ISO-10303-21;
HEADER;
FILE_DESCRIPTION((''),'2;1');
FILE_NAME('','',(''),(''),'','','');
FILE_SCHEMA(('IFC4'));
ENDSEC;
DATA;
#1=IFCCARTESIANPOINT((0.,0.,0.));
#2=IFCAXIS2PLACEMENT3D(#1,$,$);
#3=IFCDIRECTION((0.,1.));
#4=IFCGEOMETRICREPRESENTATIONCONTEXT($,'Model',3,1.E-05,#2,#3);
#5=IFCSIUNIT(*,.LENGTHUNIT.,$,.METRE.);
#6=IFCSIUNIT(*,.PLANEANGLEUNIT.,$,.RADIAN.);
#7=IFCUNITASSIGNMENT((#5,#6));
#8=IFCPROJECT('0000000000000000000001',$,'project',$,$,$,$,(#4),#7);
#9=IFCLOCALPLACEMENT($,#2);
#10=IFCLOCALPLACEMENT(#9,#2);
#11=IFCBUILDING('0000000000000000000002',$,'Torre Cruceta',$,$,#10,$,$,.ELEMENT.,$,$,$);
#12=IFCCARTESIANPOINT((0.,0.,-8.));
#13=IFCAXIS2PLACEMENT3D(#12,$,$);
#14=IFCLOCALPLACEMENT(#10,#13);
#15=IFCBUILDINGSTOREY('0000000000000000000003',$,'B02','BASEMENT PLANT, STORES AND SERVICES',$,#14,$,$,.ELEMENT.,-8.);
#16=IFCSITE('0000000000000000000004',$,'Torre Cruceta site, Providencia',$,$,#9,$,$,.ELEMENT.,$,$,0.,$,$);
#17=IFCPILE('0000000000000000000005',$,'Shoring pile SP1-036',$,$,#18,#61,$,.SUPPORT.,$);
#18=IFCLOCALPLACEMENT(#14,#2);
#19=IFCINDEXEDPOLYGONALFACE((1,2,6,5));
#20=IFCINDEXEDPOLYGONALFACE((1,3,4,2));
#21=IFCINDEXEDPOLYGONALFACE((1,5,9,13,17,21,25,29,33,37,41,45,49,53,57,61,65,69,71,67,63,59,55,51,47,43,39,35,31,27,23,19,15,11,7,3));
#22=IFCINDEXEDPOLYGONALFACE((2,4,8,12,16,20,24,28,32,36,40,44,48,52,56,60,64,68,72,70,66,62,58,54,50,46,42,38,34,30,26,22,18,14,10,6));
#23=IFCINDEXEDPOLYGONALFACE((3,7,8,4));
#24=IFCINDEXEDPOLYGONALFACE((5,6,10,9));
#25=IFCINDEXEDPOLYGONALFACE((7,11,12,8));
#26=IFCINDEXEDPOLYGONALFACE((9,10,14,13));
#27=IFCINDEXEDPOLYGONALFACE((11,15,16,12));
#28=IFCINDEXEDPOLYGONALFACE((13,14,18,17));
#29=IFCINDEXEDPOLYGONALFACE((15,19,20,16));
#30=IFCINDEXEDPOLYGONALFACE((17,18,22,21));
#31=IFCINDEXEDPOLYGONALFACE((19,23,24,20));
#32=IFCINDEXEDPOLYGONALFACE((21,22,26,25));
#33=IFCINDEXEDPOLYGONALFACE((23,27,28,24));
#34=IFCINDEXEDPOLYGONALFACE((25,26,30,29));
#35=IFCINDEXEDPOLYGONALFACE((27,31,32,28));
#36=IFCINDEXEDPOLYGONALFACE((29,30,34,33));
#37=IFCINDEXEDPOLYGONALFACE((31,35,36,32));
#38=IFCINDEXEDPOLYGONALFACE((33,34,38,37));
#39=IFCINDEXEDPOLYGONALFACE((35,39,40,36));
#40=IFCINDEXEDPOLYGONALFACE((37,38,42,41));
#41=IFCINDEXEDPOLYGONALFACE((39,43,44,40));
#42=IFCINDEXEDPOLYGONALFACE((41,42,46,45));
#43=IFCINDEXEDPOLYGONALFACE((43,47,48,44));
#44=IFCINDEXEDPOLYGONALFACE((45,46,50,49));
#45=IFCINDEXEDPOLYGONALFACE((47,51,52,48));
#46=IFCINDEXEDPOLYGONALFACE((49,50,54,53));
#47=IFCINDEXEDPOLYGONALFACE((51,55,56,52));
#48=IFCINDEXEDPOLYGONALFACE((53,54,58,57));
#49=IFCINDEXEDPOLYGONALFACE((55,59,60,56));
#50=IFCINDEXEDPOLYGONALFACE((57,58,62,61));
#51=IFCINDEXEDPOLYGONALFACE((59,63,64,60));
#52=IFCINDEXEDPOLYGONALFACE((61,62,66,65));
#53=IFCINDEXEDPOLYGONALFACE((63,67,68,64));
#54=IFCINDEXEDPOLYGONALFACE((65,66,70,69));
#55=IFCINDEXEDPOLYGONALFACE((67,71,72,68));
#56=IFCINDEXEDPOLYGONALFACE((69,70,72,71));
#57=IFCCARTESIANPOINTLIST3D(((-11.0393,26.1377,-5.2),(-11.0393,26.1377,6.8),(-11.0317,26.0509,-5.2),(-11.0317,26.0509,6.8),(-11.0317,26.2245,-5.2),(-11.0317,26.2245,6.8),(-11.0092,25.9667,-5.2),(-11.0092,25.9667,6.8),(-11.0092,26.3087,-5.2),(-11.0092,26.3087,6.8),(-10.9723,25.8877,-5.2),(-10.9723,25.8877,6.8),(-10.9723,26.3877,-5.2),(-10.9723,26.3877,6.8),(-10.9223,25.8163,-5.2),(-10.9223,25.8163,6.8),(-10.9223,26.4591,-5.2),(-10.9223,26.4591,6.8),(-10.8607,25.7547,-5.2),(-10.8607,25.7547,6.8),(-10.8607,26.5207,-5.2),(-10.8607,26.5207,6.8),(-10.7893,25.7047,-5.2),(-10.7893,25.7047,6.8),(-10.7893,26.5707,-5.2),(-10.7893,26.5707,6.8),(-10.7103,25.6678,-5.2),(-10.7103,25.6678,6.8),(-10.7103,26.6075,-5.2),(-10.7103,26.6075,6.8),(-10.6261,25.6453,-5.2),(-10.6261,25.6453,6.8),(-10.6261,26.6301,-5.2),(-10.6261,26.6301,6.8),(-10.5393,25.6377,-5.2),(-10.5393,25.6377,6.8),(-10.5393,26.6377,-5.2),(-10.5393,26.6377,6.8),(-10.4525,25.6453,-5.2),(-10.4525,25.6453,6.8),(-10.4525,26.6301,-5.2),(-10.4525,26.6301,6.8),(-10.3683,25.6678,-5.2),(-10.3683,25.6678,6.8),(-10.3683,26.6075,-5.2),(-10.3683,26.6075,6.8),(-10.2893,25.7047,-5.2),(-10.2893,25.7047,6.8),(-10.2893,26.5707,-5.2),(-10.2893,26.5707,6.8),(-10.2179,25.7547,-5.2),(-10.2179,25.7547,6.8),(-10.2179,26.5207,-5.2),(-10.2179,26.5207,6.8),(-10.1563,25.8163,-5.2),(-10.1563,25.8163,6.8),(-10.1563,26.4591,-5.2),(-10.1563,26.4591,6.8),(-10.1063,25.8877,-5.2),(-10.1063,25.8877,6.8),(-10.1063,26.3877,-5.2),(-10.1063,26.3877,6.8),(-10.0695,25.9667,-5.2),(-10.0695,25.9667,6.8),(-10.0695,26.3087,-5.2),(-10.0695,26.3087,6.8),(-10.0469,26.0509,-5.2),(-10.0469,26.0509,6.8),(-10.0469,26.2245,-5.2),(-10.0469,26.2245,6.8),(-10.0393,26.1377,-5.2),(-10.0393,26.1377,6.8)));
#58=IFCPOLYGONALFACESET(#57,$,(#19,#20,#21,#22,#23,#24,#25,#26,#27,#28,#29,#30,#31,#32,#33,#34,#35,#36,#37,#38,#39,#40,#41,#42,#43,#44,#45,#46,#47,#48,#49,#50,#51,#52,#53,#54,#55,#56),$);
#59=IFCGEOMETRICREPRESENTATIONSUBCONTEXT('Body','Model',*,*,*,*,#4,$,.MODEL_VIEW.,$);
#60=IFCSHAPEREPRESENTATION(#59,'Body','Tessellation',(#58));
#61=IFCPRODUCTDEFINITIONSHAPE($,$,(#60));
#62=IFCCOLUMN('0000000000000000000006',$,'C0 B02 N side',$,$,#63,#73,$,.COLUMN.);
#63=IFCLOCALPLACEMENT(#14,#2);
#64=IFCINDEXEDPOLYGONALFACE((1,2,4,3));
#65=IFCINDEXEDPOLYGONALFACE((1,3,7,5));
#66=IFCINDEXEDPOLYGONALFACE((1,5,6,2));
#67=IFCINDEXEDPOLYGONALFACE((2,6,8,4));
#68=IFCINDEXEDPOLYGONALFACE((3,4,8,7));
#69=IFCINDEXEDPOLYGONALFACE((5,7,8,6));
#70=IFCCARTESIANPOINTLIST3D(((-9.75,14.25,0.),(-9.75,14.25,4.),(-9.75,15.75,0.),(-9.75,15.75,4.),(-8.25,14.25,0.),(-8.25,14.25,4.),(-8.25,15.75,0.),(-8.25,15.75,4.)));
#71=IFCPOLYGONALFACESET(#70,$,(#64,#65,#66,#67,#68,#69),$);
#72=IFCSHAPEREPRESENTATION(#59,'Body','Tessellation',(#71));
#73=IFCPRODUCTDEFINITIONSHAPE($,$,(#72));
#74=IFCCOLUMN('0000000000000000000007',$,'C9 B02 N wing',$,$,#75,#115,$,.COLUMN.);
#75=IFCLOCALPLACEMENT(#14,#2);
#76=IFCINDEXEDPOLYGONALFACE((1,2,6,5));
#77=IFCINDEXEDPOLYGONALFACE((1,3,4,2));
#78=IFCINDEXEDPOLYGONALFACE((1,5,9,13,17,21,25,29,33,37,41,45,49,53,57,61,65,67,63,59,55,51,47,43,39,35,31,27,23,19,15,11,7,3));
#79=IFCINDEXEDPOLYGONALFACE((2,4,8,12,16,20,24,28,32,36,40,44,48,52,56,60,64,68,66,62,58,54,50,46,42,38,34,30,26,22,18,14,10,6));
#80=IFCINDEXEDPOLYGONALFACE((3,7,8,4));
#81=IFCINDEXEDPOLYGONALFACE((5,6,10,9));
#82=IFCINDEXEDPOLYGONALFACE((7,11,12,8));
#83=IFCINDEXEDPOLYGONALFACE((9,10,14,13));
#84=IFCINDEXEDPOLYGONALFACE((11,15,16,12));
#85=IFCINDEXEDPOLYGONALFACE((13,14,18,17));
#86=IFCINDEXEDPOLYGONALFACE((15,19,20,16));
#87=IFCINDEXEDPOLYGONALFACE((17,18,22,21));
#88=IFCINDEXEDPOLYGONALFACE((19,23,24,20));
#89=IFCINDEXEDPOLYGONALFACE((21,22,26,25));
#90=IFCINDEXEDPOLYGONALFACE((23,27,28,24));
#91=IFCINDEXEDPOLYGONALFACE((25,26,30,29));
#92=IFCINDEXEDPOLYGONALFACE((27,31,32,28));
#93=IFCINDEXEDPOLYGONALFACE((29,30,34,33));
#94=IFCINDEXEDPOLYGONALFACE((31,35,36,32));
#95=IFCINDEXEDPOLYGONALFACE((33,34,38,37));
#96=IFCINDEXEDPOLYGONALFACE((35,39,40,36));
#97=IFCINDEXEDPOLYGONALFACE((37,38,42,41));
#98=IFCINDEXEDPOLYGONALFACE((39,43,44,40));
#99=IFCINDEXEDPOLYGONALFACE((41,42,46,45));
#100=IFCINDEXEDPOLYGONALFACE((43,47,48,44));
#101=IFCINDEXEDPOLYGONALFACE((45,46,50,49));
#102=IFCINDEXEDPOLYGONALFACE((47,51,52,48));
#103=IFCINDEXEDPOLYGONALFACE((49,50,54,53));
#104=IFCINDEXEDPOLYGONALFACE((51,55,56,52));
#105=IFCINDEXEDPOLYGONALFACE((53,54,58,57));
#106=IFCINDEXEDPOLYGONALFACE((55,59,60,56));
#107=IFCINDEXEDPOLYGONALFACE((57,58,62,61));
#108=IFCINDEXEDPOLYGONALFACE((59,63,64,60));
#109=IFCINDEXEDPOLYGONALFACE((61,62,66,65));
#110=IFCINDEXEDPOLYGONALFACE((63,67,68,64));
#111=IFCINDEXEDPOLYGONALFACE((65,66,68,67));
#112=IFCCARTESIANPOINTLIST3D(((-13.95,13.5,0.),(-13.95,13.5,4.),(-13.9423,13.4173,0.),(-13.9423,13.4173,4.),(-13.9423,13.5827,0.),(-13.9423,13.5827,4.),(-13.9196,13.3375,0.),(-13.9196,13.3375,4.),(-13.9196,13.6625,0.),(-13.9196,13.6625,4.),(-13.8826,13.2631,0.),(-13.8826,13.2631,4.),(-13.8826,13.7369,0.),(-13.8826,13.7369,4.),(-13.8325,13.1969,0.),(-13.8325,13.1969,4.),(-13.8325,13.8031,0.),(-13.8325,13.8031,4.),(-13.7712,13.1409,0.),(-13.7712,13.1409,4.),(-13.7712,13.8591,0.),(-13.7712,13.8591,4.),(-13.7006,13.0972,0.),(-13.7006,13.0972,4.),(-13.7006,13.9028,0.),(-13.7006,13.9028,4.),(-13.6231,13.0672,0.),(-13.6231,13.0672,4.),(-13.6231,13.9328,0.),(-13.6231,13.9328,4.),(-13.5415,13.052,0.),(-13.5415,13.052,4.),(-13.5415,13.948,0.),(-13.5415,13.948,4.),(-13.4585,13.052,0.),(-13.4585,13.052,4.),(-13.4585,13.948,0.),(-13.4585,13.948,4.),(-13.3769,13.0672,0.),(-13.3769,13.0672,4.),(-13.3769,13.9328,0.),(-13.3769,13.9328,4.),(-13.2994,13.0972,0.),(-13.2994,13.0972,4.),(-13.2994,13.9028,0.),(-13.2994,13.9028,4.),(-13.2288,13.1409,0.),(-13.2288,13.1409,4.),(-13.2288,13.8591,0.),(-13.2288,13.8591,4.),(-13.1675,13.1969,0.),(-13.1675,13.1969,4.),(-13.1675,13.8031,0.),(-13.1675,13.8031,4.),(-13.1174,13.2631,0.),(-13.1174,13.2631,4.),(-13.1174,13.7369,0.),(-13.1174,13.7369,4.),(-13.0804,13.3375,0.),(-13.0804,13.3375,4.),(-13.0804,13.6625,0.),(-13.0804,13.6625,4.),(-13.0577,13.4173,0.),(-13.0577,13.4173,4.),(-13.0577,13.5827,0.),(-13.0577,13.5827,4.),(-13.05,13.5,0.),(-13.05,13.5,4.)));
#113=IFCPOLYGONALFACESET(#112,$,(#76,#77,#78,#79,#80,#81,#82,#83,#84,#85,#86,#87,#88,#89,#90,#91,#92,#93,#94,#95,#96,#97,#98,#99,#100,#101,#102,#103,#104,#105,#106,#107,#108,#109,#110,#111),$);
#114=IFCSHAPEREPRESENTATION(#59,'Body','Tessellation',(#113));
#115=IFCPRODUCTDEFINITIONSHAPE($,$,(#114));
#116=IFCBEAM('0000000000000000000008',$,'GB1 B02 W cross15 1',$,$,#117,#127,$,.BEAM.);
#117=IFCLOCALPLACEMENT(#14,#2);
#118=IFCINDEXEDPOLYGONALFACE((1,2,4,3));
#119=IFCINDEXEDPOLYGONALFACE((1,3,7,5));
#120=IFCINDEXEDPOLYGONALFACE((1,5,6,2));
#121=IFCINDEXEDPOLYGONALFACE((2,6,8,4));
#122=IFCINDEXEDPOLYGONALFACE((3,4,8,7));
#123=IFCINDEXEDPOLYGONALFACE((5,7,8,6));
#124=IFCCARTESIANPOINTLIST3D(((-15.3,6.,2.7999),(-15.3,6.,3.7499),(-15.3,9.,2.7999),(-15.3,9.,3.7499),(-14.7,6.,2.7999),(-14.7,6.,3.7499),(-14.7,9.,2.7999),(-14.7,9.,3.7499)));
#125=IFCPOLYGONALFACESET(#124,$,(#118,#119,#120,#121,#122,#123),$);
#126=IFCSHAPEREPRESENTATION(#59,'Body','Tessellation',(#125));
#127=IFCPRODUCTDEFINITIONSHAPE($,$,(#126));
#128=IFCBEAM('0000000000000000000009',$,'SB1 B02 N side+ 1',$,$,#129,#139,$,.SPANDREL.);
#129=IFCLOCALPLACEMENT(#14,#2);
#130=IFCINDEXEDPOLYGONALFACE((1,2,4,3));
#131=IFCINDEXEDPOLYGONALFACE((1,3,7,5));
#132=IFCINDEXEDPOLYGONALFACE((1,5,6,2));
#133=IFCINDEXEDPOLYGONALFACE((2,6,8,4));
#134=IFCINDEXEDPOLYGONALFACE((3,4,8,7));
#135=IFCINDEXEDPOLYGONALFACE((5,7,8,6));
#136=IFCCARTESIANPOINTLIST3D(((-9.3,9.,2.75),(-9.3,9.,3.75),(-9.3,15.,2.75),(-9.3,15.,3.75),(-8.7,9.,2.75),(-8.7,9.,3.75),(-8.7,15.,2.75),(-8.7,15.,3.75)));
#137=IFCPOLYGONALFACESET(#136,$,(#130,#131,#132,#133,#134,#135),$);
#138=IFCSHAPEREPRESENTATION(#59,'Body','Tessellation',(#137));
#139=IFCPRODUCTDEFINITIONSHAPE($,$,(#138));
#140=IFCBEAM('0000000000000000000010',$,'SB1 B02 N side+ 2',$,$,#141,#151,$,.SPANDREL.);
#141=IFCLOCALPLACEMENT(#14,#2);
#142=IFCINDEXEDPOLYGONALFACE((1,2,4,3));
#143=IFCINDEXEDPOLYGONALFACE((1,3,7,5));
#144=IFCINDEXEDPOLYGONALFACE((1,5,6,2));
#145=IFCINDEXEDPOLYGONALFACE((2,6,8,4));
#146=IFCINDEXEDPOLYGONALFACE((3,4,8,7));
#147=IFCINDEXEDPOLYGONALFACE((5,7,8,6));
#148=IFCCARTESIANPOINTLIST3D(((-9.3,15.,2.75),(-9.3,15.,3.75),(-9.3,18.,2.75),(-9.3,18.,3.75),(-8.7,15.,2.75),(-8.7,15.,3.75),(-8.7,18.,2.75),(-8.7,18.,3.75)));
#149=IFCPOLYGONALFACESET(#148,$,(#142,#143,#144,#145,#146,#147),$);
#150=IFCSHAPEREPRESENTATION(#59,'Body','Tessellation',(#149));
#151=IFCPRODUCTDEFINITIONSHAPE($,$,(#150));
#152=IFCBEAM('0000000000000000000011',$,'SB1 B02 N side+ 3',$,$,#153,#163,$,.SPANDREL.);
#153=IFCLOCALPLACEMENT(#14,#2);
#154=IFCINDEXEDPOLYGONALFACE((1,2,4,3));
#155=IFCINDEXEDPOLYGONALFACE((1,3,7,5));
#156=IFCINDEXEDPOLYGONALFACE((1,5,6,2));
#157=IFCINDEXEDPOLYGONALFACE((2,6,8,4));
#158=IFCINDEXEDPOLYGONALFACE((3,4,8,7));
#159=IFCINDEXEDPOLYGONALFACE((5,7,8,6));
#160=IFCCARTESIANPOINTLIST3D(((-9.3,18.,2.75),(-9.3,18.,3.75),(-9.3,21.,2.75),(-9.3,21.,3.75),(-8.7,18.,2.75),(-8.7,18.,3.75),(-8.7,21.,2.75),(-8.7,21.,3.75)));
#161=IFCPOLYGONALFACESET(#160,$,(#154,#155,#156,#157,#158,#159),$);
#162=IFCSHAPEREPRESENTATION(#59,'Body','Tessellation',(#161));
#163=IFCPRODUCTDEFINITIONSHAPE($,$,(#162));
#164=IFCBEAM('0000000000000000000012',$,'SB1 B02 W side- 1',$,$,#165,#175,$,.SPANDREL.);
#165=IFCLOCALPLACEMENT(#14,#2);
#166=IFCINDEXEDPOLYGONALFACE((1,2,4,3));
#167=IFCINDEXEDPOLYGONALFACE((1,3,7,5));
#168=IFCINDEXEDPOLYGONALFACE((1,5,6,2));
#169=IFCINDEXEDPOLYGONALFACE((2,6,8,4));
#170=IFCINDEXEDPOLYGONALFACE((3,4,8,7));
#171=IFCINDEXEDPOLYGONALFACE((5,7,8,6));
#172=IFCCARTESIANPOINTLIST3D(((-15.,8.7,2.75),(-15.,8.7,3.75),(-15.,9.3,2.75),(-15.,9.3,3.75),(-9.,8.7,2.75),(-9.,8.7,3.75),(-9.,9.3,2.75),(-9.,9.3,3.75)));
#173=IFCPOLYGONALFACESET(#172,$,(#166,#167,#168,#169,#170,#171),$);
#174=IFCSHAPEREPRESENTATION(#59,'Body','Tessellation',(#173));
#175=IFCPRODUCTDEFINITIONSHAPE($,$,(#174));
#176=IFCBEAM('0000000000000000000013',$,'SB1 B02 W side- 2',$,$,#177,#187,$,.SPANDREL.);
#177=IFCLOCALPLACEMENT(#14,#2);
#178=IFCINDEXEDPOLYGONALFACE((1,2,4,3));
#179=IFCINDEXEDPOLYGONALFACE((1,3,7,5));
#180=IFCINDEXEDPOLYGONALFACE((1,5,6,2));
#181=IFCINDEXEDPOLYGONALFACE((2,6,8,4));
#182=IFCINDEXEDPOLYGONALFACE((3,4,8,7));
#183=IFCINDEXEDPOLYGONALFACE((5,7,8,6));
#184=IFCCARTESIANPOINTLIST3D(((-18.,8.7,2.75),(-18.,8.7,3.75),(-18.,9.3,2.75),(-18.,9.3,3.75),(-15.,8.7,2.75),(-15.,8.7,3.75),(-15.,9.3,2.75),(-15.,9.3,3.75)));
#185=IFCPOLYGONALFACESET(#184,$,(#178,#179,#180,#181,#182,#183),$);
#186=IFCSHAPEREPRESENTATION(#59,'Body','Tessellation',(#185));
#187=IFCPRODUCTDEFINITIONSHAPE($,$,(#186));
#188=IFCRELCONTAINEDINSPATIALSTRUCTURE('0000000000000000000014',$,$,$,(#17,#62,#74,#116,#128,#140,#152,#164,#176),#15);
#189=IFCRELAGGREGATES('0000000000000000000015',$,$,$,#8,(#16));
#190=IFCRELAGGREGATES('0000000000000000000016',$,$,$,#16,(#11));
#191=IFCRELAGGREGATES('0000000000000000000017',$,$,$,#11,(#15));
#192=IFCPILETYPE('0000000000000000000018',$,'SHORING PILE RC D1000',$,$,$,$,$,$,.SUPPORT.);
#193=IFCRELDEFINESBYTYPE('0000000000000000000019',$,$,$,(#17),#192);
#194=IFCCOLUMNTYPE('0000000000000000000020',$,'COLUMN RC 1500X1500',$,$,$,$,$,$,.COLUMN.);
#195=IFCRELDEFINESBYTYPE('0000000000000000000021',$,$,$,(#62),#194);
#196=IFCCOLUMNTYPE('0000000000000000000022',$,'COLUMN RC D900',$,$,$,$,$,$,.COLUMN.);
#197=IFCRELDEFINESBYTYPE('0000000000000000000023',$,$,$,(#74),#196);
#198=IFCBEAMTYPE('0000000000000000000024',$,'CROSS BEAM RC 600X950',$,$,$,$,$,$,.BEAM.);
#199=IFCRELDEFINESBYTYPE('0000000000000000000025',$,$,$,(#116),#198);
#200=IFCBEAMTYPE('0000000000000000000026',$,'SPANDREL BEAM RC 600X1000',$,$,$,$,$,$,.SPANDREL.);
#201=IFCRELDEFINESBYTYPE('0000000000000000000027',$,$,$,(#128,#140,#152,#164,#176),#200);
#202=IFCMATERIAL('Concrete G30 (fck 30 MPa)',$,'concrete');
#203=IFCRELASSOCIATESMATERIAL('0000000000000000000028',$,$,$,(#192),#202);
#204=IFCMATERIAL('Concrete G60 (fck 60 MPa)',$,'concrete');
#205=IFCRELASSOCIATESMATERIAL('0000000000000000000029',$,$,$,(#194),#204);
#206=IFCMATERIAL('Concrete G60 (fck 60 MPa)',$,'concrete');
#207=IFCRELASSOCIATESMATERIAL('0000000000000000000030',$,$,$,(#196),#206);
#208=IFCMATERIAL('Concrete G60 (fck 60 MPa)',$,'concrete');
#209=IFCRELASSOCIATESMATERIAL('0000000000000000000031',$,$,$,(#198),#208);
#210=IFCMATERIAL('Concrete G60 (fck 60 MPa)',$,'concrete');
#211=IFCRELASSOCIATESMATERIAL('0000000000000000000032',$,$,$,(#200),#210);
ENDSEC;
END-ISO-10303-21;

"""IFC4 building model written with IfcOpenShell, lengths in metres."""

from ifc_helpers import new_model, si_unit, direction, frame, origin, origin_2d, place, context, subcontext, project, spatial, rectangle, circle, extrude, material, material_profile, profile_set, type_object, element, save


model = new_model("IFC4")

# Units and contexts
model_context = context("Model", 3, precision=1e-05, world=origin(), true_north=direction((0.0, 1.0)))
body_context = subcontext(model_context, "Body", "Model", "MODEL_VIEW")
ifc_project = project(units=[si_unit("LENGTHUNIT", "METRE"), si_unit("PLANEANGLEUNIT", "RADIAN")], contexts=[model_context])

# Site, building, storey
site_placement = place(None, origin())
site = spatial("IfcSite", under=ifc_project, at=site_placement, Name="Torre Cruceta site, Providencia", CompositionType="ELEMENT", RefElevation=0.0)
building_placement = place(site_placement, origin())
building = spatial("IfcBuilding", under=site, at=building_placement, Name="Torre Cruceta", CompositionType="ELEMENT")
storey_placement = place(building_placement, frame((0.0, 0.0, -8.0)))
storey = spatial("IfcBuildingStorey", under=building, at=storey_placement, Name="B02", Description="BASEMENT PLANT, STORES AND SERVICES", CompositionType="ELEMENT", Elevation=-8.0)

# Pile
ifc_material_1 = material(Name="Concrete G30 (fck 30 MPa)", Category="concrete")
ifc_material_profile_1 = material_profile(ifc_material_1, circle(Radius=0.5, at=origin_2d()), Name="RC D1000")
ifc_profile_set_1 = profile_set([ifc_material_profile_1], Name="Concrete G30 (fck 30 MPa)")
pile_type_1 = type_object("IfcPileType", Name="SHORING PILE RC D1000", PredefinedType="SUPPORT", material=ifc_profile_set_1)
for number, where, z_axis, x_axis, name in (
    (1, (-10.5393, 26.1377, 6.8), (0.0, 0.0, -1.0), (1.0, 0.0, 0.0), "Shoring pile SP1-036"),
):
    element("IfcPile", number, at=place(storey_placement, frame(where, z_axis=z_axis, x_axis=x_axis)), inside=storey, type_object=pile_type_1, Name=name, PredefinedType="SUPPORT", context=body_context, shape_type="SweptSolid", body=[
        extrude(circle(Radius=0.5, at=origin_2d()), origin(), (0.0, 0.0, 1.0), 12.0),
    ])

# Columns
ifc_material_2 = material(Name="Concrete G60 (fck 60 MPa)", Category="concrete")
ifc_material_profile_2 = material_profile(ifc_material_2, rectangle(XDim=1.5, YDim=1.5, at=origin_2d()), Name="RC 1500X1500")
ifc_profile_set_2 = profile_set([ifc_material_profile_2], Name="Concrete G60 (fck 60 MPa)")
column_type_1 = type_object("IfcColumnType", Name="COLUMN RC 1500X1500", PredefinedType="COLUMN", material=ifc_profile_set_2)
column_1_placement = place(storey_placement, frame((-9.0, 15.0, 0.0), z_axis=(0.0, 0.0, 1.0), x_axis=(1.0, 0.0, 0.0)))
element("IfcColumn", 2, at=column_1_placement, inside=storey, type_object=column_type_1, Name="C0 B02 N side", PredefinedType="COLUMN", context=body_context, shape_type="SweptSolid", body=[
    extrude(rectangle(XDim=1.5, YDim=1.5, at=origin_2d()), origin(), (0.0, 0.0, 1.0), 4.0),
])
ifc_material_3 = material(Name="Concrete G60 (fck 60 MPa)", Category="concrete")
ifc_material_profile_3 = material_profile(ifc_material_3, circle(Radius=0.45, at=origin_2d()), Name="RC D900")
ifc_profile_set_3 = profile_set([ifc_material_profile_3], Name="Concrete G60 (fck 60 MPa)")
column_type_2 = type_object("IfcColumnType", Name="COLUMN RC D900", PredefinedType="COLUMN", material=ifc_profile_set_3)
column_2_placement = place(storey_placement, frame((-13.5, 13.5, 0.0), z_axis=(0.0, 0.0, 1.0), x_axis=(1.0, 0.0, 0.0)))
element("IfcColumn", 3, at=column_2_placement, inside=storey, type_object=column_type_2, Name="C9 B02 N wing", PredefinedType="COLUMN", context=body_context, shape_type="SweptSolid", body=[
    extrude(circle(Radius=0.45, at=origin_2d()), origin(), (0.0, 0.0, 1.0), 4.0),
])

# Beams
ifc_material_4 = material(Name="Concrete G60 (fck 60 MPa)", Category="concrete")
ifc_material_profile_4 = material_profile(ifc_material_4, rectangle(XDim=0.6001, YDim=0.95, at=origin_2d()), Name="RC 600X950")
ifc_profile_set_4 = profile_set([ifc_material_profile_4], Name="Concrete G60 (fck 60 MPa)")
beam_type_1 = type_object("IfcBeamType", Name="CROSS BEAM RC 600X950", PredefinedType="BEAM", material=ifc_profile_set_4)
beam_1_placement = place(storey_placement, frame((-15.0, 9.0, 3.2749), z_axis=(0.0, -1.0, 0.0), x_axis=(1.0, 0.0, 0.0)))
element("IfcBeam", 4, at=beam_1_placement, inside=storey, type_object=beam_type_1, Name="GB1 B02 W cross15 1", PredefinedType="BEAM", context=body_context, shape_type="SweptSolid", body=[
    extrude(rectangle(XDim=0.6001, YDim=0.95, at=origin_2d()), origin(), (0.0, 0.0, 1.0), 3.0),
])
ifc_material_5 = material(Name="Concrete G60 (fck 60 MPa)", Category="concrete")
ifc_material_profile_5 = material_profile(ifc_material_5, rectangle(XDim=0.6001, YDim=1.0, at=origin_2d()), Name="RC 600X1000")
ifc_profile_set_5 = profile_set([ifc_material_profile_5], Name="Concrete G60 (fck 60 MPa)")
beam_type_2 = type_object("IfcBeamType", Name="SPANDREL BEAM RC 600X1000", PredefinedType="SPANDREL", material=ifc_profile_set_5)
beam_2_placement = place(storey_placement, frame((-9.0, 9.0, 3.25), z_axis=(0.0, 1.0, 0.0), x_axis=(-1.0, 0.0, 0.0)))
element("IfcBeam", 5, at=beam_2_placement, inside=storey, type_object=beam_type_2, Name="SB1 B02 N side+ 1", PredefinedType="SPANDREL", context=body_context, shape_type="SweptSolid", body=[
    extrude(rectangle(XDim=0.6001, YDim=1.0, at=origin_2d()), origin(), (0.0, 0.0, 1.0), 6.0),
])
for number, where, z_axis, x_axis, name in (
    (6, (-9.0, 15.0, 3.25), (0.0, 1.0, 0.0), (-1.0, 0.0, 0.0), "SB1 B02 N side+ 2"),
    (7, (-9.0, 18.0, 3.25), (0.0, 1.0, 0.0), (-1.0, 0.0, 0.0), "SB1 B02 N side+ 3"),
):
    element("IfcBeam", number, at=place(storey_placement, frame(where, z_axis=z_axis, x_axis=x_axis)), inside=storey, type_object=beam_type_2, Name=name, PredefinedType="SPANDREL", context=body_context, shape_type="SweptSolid", body=[
        extrude(rectangle(XDim=0.6001, YDim=1.0, at=origin_2d()), origin(), (0.0, 0.0, 1.0), 3.0),
    ])
beam_3_placement = place(storey_placement, frame((-9.0, 9.0, 3.25), z_axis=(-1.0, 0.0, 0.0), x_axis=(0.0, -1.0, 0.0)))
element("IfcBeam", 8, at=beam_3_placement, inside=storey, type_object=beam_type_2, Name="SB1 B02 W side- 1", PredefinedType="SPANDREL", context=body_context, shape_type="SweptSolid", body=[
    extrude(rectangle(XDim=0.6001, YDim=1.0, at=origin_2d()), origin(), (0.0, 0.0, 1.0), 6.0),
])
beam_4_placement = place(storey_placement, frame((-15.0, 9.0, 3.25), z_axis=(-1.0, 0.0, 0.0), x_axis=(0.0, -1.0, 0.0)))
element("IfcBeam", 9, at=beam_4_placement, inside=storey, type_object=beam_type_2, Name="SB1 B02 W side- 2", PredefinedType="SPANDREL", context=body_context, shape_type="SweptSolid", body=[
    extrude(rectangle(XDim=0.6001, YDim=1.0, at=origin_2d()), origin(), (0.0, 0.0, 1.0), 3.0),
])

save(model, "model.ifc")
